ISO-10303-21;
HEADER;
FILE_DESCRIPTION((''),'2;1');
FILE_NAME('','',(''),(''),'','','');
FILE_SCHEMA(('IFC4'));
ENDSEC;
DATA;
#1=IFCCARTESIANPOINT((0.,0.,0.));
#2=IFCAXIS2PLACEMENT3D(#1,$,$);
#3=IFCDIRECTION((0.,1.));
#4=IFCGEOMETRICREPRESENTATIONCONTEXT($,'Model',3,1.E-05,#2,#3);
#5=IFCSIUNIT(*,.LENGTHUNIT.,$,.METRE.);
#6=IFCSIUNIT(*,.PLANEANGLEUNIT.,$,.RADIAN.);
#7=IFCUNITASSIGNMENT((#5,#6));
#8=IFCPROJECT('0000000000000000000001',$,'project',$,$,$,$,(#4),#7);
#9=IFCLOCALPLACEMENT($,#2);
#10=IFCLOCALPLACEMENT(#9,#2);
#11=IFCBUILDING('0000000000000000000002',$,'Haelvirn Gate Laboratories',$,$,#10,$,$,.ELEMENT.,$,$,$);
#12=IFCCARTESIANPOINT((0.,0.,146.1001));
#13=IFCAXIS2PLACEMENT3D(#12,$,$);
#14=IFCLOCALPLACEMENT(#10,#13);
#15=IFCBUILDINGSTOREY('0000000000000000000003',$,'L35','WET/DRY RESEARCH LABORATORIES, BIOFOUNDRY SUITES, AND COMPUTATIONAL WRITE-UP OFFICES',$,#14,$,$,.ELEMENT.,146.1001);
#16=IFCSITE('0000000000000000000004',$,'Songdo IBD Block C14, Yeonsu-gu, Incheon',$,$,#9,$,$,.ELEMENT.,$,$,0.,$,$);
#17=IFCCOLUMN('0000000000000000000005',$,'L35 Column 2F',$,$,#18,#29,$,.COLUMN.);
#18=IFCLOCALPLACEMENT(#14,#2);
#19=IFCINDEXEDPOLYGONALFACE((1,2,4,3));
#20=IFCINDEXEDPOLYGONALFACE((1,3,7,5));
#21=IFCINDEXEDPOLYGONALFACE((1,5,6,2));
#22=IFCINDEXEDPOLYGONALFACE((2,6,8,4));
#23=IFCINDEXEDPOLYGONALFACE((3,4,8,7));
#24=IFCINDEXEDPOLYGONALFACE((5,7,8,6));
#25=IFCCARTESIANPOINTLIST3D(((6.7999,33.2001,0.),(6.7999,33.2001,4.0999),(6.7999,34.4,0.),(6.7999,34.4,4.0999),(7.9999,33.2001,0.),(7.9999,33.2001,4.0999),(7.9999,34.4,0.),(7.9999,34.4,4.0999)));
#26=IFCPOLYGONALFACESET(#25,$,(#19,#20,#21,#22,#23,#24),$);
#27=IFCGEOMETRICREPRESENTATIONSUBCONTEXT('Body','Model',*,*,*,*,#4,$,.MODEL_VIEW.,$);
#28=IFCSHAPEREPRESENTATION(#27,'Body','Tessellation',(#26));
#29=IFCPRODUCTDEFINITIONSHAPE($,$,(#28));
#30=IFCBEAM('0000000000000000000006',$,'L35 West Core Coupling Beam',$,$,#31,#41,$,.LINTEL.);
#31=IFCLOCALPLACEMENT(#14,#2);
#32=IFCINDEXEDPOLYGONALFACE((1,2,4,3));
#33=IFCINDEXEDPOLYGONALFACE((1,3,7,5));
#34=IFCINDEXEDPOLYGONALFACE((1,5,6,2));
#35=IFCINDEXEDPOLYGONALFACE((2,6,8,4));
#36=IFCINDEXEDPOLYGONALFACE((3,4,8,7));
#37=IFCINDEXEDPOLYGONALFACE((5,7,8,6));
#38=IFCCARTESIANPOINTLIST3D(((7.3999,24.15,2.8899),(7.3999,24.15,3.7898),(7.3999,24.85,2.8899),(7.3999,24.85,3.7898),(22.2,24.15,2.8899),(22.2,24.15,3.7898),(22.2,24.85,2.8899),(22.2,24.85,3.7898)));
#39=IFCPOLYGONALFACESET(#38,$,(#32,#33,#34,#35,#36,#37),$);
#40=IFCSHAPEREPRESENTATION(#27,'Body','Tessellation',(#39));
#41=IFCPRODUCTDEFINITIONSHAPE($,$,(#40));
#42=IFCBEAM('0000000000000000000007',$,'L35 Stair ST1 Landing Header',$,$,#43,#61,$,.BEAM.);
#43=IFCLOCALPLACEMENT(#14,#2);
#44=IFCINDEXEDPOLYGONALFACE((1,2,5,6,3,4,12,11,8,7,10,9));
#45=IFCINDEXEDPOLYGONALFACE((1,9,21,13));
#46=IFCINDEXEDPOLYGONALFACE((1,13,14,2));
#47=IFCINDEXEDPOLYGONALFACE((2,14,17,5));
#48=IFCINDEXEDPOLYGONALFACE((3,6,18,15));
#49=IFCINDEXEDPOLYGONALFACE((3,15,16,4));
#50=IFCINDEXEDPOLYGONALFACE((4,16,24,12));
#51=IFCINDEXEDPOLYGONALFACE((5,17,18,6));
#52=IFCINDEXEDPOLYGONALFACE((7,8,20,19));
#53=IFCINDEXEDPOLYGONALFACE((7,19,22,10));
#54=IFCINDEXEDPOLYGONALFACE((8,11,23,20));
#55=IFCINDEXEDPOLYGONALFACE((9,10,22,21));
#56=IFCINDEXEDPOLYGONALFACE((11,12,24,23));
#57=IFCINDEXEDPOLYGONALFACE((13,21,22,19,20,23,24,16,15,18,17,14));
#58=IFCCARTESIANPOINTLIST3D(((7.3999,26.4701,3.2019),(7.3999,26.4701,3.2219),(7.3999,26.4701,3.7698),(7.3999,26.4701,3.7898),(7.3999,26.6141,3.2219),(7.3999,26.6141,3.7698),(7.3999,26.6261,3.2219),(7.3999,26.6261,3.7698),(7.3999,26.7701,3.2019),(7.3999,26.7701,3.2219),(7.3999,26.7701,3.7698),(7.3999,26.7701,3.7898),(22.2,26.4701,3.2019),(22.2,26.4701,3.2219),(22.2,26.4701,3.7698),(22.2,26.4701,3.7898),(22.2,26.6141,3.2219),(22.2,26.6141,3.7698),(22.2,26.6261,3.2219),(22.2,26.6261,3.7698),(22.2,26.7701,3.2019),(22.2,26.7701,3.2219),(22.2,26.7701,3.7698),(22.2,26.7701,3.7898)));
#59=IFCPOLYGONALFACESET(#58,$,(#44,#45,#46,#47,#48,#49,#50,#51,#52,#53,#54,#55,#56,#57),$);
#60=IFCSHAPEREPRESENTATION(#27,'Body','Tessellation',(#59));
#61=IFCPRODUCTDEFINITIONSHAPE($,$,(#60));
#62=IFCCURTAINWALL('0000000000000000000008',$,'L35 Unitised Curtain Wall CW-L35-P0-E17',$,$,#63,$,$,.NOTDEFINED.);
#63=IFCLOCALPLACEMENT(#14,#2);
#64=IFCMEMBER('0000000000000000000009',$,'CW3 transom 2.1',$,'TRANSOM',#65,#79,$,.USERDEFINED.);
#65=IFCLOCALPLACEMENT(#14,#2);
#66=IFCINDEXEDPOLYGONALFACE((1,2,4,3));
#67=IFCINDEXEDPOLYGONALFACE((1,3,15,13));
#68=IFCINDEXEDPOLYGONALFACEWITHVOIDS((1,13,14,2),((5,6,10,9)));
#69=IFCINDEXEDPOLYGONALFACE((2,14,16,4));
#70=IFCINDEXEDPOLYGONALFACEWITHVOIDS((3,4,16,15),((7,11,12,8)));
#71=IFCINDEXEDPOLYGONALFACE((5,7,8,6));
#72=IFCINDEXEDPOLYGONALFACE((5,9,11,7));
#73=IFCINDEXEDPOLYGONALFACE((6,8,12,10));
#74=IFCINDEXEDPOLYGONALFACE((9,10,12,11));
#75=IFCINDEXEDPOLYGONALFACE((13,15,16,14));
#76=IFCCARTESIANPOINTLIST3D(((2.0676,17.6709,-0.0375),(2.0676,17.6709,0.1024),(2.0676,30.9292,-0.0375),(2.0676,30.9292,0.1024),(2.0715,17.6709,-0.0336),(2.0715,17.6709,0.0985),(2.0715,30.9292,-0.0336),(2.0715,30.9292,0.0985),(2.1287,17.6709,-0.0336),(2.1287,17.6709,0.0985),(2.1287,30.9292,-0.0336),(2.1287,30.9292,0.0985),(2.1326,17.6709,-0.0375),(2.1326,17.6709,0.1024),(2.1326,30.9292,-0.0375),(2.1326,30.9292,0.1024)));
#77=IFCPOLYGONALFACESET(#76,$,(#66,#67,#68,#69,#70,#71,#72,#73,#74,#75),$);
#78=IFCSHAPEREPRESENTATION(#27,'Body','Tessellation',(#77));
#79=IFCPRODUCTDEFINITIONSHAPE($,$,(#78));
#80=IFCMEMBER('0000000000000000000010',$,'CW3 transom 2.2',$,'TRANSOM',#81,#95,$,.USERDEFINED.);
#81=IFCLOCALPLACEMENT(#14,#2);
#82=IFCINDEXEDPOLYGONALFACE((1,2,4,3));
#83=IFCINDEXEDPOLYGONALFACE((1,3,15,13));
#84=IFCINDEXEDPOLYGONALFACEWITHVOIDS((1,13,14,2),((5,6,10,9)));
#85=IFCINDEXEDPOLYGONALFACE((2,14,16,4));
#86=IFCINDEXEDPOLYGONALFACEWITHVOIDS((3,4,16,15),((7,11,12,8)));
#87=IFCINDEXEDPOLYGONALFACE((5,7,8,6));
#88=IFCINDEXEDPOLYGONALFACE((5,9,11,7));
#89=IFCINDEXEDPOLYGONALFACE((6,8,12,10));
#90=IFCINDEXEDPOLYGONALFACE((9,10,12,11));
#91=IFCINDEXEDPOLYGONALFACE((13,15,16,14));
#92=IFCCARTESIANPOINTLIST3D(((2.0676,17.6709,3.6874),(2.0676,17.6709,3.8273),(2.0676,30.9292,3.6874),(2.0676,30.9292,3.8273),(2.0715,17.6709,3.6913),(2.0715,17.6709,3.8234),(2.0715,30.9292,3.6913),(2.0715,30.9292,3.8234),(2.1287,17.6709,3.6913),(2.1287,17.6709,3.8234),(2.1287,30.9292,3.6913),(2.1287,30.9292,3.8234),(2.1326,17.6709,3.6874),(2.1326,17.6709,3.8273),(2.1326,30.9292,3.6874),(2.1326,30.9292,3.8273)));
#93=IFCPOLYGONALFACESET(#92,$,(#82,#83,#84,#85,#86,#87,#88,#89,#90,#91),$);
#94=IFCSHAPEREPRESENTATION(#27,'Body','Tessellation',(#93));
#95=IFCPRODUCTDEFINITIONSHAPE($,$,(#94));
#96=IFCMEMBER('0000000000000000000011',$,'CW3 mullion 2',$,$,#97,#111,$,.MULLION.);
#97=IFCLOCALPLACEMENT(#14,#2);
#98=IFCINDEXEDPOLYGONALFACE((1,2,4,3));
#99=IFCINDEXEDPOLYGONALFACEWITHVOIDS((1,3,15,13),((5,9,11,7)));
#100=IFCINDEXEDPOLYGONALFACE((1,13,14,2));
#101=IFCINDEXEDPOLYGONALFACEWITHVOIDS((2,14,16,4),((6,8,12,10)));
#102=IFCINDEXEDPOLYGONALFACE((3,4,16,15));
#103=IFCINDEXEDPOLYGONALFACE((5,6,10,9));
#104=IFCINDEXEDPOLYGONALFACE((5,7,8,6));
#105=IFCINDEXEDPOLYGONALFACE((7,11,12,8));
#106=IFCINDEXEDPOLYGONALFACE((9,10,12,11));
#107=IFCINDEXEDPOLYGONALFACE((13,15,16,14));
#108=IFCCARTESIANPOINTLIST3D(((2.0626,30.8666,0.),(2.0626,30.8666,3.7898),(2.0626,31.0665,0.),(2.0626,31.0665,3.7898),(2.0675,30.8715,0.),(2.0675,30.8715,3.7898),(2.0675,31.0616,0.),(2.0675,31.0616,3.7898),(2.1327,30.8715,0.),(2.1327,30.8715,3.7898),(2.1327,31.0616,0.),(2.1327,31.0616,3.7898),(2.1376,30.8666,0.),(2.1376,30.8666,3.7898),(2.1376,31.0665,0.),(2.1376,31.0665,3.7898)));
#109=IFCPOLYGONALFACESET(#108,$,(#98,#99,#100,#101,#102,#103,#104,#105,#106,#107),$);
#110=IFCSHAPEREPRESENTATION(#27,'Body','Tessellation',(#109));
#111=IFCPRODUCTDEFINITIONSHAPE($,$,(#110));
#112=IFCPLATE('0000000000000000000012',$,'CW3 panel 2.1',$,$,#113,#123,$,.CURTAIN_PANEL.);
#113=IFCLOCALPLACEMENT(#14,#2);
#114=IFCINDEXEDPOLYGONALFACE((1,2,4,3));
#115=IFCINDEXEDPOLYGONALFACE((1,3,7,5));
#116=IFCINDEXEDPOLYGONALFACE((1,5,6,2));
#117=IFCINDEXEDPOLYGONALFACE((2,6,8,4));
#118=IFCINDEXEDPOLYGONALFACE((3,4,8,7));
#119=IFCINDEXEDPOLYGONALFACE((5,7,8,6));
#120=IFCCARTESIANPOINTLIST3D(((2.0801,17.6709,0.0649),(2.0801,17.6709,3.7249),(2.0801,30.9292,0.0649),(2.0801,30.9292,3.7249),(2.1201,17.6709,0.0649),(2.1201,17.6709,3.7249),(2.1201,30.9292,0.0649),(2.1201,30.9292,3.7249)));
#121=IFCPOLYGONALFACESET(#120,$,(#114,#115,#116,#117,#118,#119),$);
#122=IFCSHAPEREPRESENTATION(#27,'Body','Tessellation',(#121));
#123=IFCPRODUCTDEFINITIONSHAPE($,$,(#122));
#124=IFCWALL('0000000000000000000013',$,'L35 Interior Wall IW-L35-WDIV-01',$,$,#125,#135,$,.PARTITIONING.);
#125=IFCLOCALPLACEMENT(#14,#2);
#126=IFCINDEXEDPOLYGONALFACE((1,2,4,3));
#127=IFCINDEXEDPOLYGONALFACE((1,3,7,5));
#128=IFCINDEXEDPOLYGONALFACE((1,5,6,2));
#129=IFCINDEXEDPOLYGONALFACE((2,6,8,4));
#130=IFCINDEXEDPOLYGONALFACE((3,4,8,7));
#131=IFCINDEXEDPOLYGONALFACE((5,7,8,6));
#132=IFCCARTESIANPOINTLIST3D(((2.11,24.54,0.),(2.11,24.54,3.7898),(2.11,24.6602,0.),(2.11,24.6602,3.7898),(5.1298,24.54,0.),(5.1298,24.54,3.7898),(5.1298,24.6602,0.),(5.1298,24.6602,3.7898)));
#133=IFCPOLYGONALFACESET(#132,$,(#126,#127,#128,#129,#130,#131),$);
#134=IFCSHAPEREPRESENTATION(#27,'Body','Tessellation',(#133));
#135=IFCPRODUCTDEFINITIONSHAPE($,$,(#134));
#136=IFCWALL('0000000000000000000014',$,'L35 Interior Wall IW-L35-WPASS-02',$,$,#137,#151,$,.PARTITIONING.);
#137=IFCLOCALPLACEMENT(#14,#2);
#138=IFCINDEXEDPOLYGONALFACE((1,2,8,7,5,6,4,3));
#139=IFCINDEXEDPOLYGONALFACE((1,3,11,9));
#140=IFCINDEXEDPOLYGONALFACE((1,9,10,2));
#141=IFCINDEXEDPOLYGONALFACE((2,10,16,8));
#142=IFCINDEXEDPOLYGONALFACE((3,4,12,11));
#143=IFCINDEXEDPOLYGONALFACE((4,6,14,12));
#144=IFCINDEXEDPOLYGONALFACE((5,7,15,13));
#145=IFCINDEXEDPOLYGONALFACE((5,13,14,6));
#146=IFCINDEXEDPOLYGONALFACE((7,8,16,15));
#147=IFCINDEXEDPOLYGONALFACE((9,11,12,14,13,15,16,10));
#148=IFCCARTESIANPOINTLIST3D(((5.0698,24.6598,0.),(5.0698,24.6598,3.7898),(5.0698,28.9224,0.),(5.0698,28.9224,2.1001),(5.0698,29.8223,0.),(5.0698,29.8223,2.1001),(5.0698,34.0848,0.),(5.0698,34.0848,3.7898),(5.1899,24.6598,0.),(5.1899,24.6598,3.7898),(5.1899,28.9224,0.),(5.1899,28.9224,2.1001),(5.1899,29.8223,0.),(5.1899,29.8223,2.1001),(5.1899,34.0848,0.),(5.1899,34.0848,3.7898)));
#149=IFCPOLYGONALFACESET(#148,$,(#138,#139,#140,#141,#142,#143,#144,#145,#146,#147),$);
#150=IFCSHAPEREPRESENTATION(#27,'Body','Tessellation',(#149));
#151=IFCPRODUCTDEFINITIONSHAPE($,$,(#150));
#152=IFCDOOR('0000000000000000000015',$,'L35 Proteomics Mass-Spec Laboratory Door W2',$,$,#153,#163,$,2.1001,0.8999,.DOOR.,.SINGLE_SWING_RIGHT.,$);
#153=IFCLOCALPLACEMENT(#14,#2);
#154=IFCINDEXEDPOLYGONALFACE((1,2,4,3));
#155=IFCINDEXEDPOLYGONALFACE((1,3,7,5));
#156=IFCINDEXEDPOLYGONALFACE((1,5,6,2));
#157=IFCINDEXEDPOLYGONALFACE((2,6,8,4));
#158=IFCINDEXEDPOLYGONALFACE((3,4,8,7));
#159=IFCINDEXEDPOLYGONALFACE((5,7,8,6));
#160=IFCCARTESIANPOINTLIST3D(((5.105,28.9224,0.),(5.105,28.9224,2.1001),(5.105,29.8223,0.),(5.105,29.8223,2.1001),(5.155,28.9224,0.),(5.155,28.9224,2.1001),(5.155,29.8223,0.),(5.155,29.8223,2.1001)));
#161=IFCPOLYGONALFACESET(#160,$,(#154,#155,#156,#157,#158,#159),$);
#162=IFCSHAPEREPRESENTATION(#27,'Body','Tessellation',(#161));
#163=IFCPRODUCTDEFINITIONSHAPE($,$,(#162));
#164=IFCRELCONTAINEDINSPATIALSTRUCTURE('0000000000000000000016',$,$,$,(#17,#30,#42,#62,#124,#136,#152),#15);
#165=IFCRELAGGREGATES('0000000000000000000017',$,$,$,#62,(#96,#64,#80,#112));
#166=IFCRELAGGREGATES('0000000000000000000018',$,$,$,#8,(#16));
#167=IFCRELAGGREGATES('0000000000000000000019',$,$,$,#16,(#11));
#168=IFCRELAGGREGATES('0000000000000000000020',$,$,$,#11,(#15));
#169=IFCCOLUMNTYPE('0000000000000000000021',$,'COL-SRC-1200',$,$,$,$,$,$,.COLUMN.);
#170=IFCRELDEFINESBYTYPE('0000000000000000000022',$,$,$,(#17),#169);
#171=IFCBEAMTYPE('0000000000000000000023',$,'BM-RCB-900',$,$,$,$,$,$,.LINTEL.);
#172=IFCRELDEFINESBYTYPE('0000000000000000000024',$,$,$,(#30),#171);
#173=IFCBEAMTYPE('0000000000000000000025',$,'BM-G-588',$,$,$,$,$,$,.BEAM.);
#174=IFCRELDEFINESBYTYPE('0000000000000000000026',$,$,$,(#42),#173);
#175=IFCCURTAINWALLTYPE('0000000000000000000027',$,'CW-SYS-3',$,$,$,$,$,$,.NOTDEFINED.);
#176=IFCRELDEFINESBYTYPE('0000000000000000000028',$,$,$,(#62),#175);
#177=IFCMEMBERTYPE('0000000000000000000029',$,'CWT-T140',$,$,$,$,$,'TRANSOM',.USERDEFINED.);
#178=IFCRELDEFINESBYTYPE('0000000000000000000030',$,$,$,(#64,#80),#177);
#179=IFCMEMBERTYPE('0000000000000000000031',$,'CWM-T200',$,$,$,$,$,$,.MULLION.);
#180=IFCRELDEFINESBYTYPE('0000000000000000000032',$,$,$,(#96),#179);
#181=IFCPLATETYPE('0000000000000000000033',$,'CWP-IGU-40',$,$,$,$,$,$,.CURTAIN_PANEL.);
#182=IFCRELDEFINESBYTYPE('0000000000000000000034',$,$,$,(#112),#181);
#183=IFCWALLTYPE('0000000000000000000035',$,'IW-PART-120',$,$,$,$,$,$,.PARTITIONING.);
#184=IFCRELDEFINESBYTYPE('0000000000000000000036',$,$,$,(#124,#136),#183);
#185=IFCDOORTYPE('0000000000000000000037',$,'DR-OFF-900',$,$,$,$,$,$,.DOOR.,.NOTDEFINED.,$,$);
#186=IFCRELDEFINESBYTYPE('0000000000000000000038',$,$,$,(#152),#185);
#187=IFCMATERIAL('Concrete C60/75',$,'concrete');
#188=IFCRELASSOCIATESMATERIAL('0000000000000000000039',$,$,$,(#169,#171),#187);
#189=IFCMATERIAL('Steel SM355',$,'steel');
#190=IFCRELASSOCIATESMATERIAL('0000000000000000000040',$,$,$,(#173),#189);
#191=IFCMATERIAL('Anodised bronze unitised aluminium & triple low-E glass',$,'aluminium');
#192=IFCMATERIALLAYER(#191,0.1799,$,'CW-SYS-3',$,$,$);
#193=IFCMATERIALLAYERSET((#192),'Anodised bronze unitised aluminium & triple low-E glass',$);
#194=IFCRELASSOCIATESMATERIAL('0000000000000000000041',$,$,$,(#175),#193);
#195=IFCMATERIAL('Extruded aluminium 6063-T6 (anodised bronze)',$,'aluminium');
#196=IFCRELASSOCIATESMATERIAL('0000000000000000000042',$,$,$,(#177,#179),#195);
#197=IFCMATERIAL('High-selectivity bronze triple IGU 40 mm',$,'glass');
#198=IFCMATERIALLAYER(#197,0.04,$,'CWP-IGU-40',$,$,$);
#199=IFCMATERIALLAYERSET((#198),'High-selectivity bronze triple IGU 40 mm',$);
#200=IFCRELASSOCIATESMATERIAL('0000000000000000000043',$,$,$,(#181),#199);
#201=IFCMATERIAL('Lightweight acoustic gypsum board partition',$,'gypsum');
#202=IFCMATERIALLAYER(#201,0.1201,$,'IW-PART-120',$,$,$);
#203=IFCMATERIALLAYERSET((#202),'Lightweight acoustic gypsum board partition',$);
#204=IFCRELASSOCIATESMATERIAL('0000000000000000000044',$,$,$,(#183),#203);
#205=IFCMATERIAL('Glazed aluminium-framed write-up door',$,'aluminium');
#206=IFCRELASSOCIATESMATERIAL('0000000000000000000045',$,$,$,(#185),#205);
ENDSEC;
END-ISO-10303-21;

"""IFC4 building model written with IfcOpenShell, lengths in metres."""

from ifc_helpers import new_model, si_unit, direction, frame, frame_2d, origin, origin_2d, place, context, subcontext, project, spatial, rectangle, hollow_rectangle, i_section, extrude, source, transform, mapped, material, layer, layer_set, material_profile, profile_set, type_object, type_shapes, element, fill, aggregate, save


model = new_model("IFC4")

# Units and contexts
model_context = context("Model", 3, precision=1e-05, world=origin(), true_north=direction((0.0, 1.0)))
body_context = subcontext(model_context, "Body", "Model", "MODEL_VIEW")
ifc_project = project(units=[si_unit("LENGTHUNIT", "METRE"), si_unit("PLANEANGLEUNIT", "RADIAN")], contexts=[model_context])

# Site, building, storey
site_placement = place(None, origin())
site = spatial("IfcSite", under=ifc_project, at=site_placement, Name="Songdo IBD Block C14, Yeonsu-gu, Incheon", CompositionType="ELEMENT", RefElevation=0.0)
building_placement = place(site_placement, origin())
building = spatial("IfcBuilding", under=site, at=building_placement, Name="Haelvirn Gate Laboratories", CompositionType="ELEMENT")
storey_placement = place(building_placement, frame((0.0, 0.0, 146.1001)))
storey = spatial("IfcBuildingStorey", under=building, at=storey_placement, Name="L35", Description="WET/DRY RESEARCH LABORATORIES, BIOFOUNDRY SUITES, AND COMPUTATIONAL WRITE-UP OFFICES", CompositionType="ELEMENT", Elevation=146.1001)

# Column
ifc_material_1 = material(Name="Concrete C60/75", Category="concrete")
ifc_material_profile_1 = material_profile(ifc_material_1, rectangle(XDim=1.2, YDim=1.2, at=origin_2d()), Name="SRC-1200x1200")
ifc_profile_set_1 = profile_set([ifc_material_profile_1], Name="Concrete C60/75")
column_type = type_object("IfcColumnType", Name="COL-SRC-1200", PredefinedType="COLUMN", material=ifc_profile_set_1)
shared_shape_1 = source(origin(), body_context, "Body", "SweptSolid", [
    extrude(rectangle(XDim=1.2, YDim=1.2, at=origin_2d()), origin(), (0.0, 0.0, 1.0), 4.0999),
])
type_shapes(column_type, [shared_shape_1])
column_placement = place(storey_placement, frame((7.3999, 33.8, 0.0), z_axis=(0.0, 0.0, 1.0), x_axis=(1.0, 0.0, 0.0)))
element("IfcColumn", 1, at=column_placement, inside=storey, type_object=column_type, Name="L35 Column 2F", PredefinedType="COLUMN", context=body_context, shape_type="MappedRepresentation", body=[
    mapped(shared_shape_1, transform((0.0, 0.0, 0.0), scale=1.0)),
])

# Beams
ifc_material_profile_2 = material_profile(ifc_material_1, rectangle(XDim=0.7, YDim=0.8999, at=origin_2d()), Name="RCB-700x900")
ifc_profile_set_2 = profile_set([ifc_material_profile_2], Name="Concrete C60/75")
beam_type_1 = type_object("IfcBeamType", Name="BM-RCB-900", PredefinedType="LINTEL", material=ifc_profile_set_2)
shared_shape_2 = source(origin(), body_context, "Body", "SweptSolid", [
    extrude(rectangle(XDim=0.7, YDim=0.8999, at=origin_2d()), origin(), (0.0, 0.0, 1.0), 14.8),
])
type_shapes(beam_type_1, [shared_shape_2])
beam_1_placement = place(storey_placement, frame((7.3999, 24.5, 3.3398), z_axis=(1.0, 0.0, 0.0), x_axis=(0.0, 1.0, 0.0)))
element("IfcBeam", 2, at=beam_1_placement, inside=storey, type_object=beam_type_1, Name="L35 West Core Coupling Beam", PredefinedType="LINTEL", context=body_context, shape_type="MappedRepresentation", body=[
    mapped(shared_shape_2, transform((0.0, 0.0, 0.0), scale=1.0)),
])
ifc_material_2 = material(Name="Steel SM355", Category="steel")
ifc_material_profile_3 = material_profile(ifc_material_2, i_section(OverallWidth=0.3, OverallDepth=0.5879, WebThickness=0.012, FlangeThickness=0.02, at=origin_2d()), Name="H-588x300x12x20")
ifc_profile_set_3 = profile_set([ifc_material_profile_3], Name="Steel SM355")
beam_type_2 = type_object("IfcBeamType", Name="BM-G-588", PredefinedType="BEAM", material=ifc_profile_set_3)
shared_shape_3 = source(origin(), body_context, "Body", "SweptSolid", [
    extrude(i_section(OverallWidth=0.3, OverallDepth=0.5879, WebThickness=0.012, FlangeThickness=0.02, at=origin_2d()), origin(), (0.0, 0.0, 1.0), 14.8),
])
type_shapes(beam_type_2, [shared_shape_3])
beam_2_placement = place(storey_placement, frame((7.3999, 26.6201, 3.4958), z_axis=(1.0, 0.0, 0.0), x_axis=(0.0, 1.0, 0.0)))
element("IfcBeam", 3, at=beam_2_placement, inside=storey, type_object=beam_type_2, Name="L35 Stair ST1 Landing Header", PredefinedType="BEAM", context=body_context, shape_type="MappedRepresentation", body=[
    mapped(shared_shape_3, transform((0.0, 0.0, 0.0), scale=1.0)),
])

# Curtain wall, members, plate
ifc_material_3 = material(Name="Anodised bronze unitised aluminium & triple low-E glass", Category="aluminium")
ifc_layer_1 = layer(ifc_material_3, 0.1799, Name="CW-SYS-3")
ifc_layer_set_1 = layer_set([ifc_layer_1], Name="Anodised bronze unitised aluminium & triple low-E glass")
curtain_wall_type = type_object("IfcCurtainWallType", Name="CW-SYS-3", PredefinedType="NOTDEFINED", material=ifc_layer_set_1)
curtain_wall_placement = place(storey_placement, origin())
curtain_wall = element("IfcCurtainWall", 4, at=curtain_wall_placement, inside=storey, type_object=curtain_wall_type, Name="L35 Unitised Curtain Wall CW-L35-P0-E17", PredefinedType="NOTDEFINED")
ifc_material_4 = material(Name="Extruded aluminium 6063-T6 (anodised bronze)", Category="aluminium")
ifc_material_profile_4 = material_profile(ifc_material_4, hollow_rectangle(XDim=0.0649, YDim=0.1399, WallThickness=0.0039, at=origin_2d()), Name="CWT-140x65x4")
ifc_profile_set_4 = profile_set([ifc_material_profile_4], Name="Extruded aluminium 6063-T6 (anodised bronze)")
member_type_1 = type_object("IfcMemberType", Name="CWT-T140", ElementType="TRANSOM", PredefinedType="USERDEFINED", material=ifc_profile_set_4)
shared_shape_4 = source(origin(), body_context, "Body", "SweptSolid", [
    extrude(hollow_rectangle(XDim=0.0649, YDim=0.1399, WallThickness=0.0039, at=origin_2d()), origin(), (0.0, 0.0, 1.0), 13.2583),
])
type_shapes(member_type_1, [shared_shape_4])
member_1_placement = place(storey_placement, frame((2.1001, 30.9292, 0.0325), z_axis=(0.0, -1.0, 0.0), x_axis=(1.0, 0.0, 0.0)))
member_1 = element("IfcMember", 5, at=member_1_placement, type_object=member_type_1, Name="CW3 transom 2.1", ObjectType="TRANSOM", PredefinedType="USERDEFINED", context=body_context, shape_type="MappedRepresentation", body=[
    mapped(shared_shape_4, transform((0.0, 0.0, 0.0), scale=1.0)),
])
member_2_placement = place(storey_placement, frame((2.1001, 30.9292, 3.7573), z_axis=(0.0, -1.0, 0.0), x_axis=(1.0, 0.0, 0.0)))
member_2 = element("IfcMember", 6, at=member_2_placement, type_object=member_type_1, Name="CW3 transom 2.2", ObjectType="TRANSOM", PredefinedType="USERDEFINED", context=body_context, shape_type="MappedRepresentation", body=[
    mapped(shared_shape_4, transform((0.0, 0.0, 0.0), scale=1.0)),
])
ifc_material_profile_5 = material_profile(ifc_material_4, hollow_rectangle(XDim=0.075, YDim=0.2, WallThickness=0.0049, at=origin_2d()), Name="CWM-200x75x5")
ifc_profile_set_5 = profile_set([ifc_material_profile_5], Name="Extruded aluminium 6063-T6 (anodised bronze)")
member_type_2 = type_object("IfcMemberType", Name="CWM-T200", PredefinedType="MULLION", material=ifc_profile_set_5)
shared_shape_5 = source(origin(), body_context, "Body", "SweptSolid", [
    extrude(hollow_rectangle(XDim=0.075, YDim=0.2, WallThickness=0.0049, at=origin_2d()), origin(), (0.0, 0.0, 1.0), 3.7898),
])
type_shapes(member_type_2, [shared_shape_5])
member_3_placement = place(storey_placement, frame((2.1001, 30.9666, 0.0), z_axis=(0.0, 0.0, 1.0), x_axis=(1.0, 0.0, 0.0)))
member_3 = element("IfcMember", 7, at=member_3_placement, type_object=member_type_2, Name="CW3 mullion 2", PredefinedType="MULLION", context=body_context, shape_type="MappedRepresentation", body=[
    mapped(shared_shape_5, transform((0.0, 0.0, 0.0), scale=1.0)),
])
ifc_material_5 = material(Name="High-selectivity bronze triple IGU 40 mm", Category="glass")
ifc_layer_2 = layer(ifc_material_5, 0.04, Name="CWP-IGU-40")
ifc_layer_set_2 = layer_set([ifc_layer_2], Name="High-selectivity bronze triple IGU 40 mm")
plate_type = type_object("IfcPlateType", Name="CWP-IGU-40", PredefinedType="CURTAIN_PANEL", material=ifc_layer_set_2)
shared_shape_6 = source(origin(), body_context, "Body", "SweptSolid", [
    extrude(rectangle(XDim=13.2583, YDim=0.04, at=origin_2d()), origin(), (0.0, 0.0, 1.0), 3.6599),
])
type_shapes(plate_type, [shared_shape_6])
plate_placement = place(storey_placement, frame((2.1001, 24.3, 0.0649), z_axis=(0.0, 0.0, 1.0), x_axis=(0.0, -1.0, 0.0)))
plate = element("IfcPlate", 8, at=plate_placement, type_object=plate_type, Name="CW3 panel 2.1", PredefinedType="CURTAIN_PANEL", context=body_context, shape_type="MappedRepresentation", body=[
    mapped(shared_shape_6, transform((0.0, 0.0, 0.0), scale=1.0)),
])
aggregate(curtain_wall, [member_3, member_1, member_2, plate])

# Wall
ifc_material_6 = material(Name="Lightweight acoustic gypsum board partition", Category="gypsum")
ifc_layer_3 = layer(ifc_material_6, 0.1201, Name="IW-PART-120")
ifc_layer_set_3 = layer_set([ifc_layer_3], Name="Lightweight acoustic gypsum board partition")
wall_type_1 = type_object("IfcWallType", Name="IW-PART-120", PredefinedType="PARTITIONING", material=ifc_layer_set_3)
wall_1_placement = place(storey_placement, frame((2.1101, 24.6001, 0.0), z_axis=(0.0, 0.0, 1.0), x_axis=(1.0, 0.0, 0.0)))
element("IfcWall", 9, at=wall_1_placement, inside=storey, type_object=wall_type_1, Name="L35 Interior Wall IW-L35-WDIV-01", PredefinedType="PARTITIONING", context=body_context, shape_type="SweptSolid", body=[
    extrude(rectangle(XDim=3.0198, YDim=0.1201, at=frame_2d((1.5098, 0.0))), origin(), (0.0, 0.0, 1.0), 3.7898),
])

# Wall, opening, door
wall_2_placement = place(storey_placement, frame((5.1299, 24.6599, 0.0), z_axis=(0.0, 0.0, 1.0), x_axis=(0.0, 1.0, 0.0)))
wall_2 = element("IfcWall", 10, at=wall_2_placement, inside=storey, type_object=wall_type_1, Name="L35 Interior Wall IW-L35-WPASS-02", PredefinedType="PARTITIONING", context=body_context, shape_type="SweptSolid", body=[
    extrude(rectangle(XDim=9.425, YDim=0.1201, at=frame_2d((4.7124, 0.0))), origin(), (0.0, 0.0, 1.0), 3.7898),
])
opening_1_placement = place(wall_2_placement, frame((4.2625, 0.0, 0.0)))
opening_1 = element("IfcOpeningElement", 11, at=opening_1_placement, cuts=wall_2, PredefinedType="OPENING", context=body_context, shape_type="SweptSolid", body=[
    extrude(rectangle(XDim=0.8999, YDim=2.1001, at=frame_2d((0.45, 1.05))), frame((0.0, 0.0701, 0.0), z_axis=(0.0, -1.0, 0.0), x_axis=(1.0, 0.0, 0.0)), (0.0, 0.0, 1.0), 0.1401),
])
ifc_material_7 = material(Name="Glazed aluminium-framed write-up door", Category="aluminium")
door_type_1 = type_object("IfcDoorType", Name="DR-OFF-900", OperationType="NOTDEFINED", PredefinedType="DOOR", material=ifc_material_7)
shared_shape_7 = source(origin(), body_context, "Body", "SweptSolid", [
    extrude(rectangle(XDim=0.8999, YDim=2.1001, at=frame_2d((0.45, 1.05))), frame((0.0, 0.0249, 0.0), z_axis=(0.0, -1.0, 0.0), x_axis=(1.0, 0.0, 0.0)), (0.0, 0.0, 1.0), 0.05),
])
type_shapes(door_type_1, [shared_shape_7])
door_1_placement = place(opening_1_placement, origin())
door_1 = element("IfcDoor", 12, at=door_1_placement, inside=storey, type_object=door_type_1, Name="L35 Proteomics Mass-Spec Laboratory Door W2", OperationType="SINGLE_SWING_RIGHT", OverallHeight=2.1001, OverallWidth=0.8999, PredefinedType="DOOR", context=body_context, shape_type="MappedRepresentation", body=[
    mapped(shared_shape_7, transform((0.0, 0.0, 0.0), scale=1.0)),
])
fill(opening_1, door_1)

save(model, "model.ifc")
